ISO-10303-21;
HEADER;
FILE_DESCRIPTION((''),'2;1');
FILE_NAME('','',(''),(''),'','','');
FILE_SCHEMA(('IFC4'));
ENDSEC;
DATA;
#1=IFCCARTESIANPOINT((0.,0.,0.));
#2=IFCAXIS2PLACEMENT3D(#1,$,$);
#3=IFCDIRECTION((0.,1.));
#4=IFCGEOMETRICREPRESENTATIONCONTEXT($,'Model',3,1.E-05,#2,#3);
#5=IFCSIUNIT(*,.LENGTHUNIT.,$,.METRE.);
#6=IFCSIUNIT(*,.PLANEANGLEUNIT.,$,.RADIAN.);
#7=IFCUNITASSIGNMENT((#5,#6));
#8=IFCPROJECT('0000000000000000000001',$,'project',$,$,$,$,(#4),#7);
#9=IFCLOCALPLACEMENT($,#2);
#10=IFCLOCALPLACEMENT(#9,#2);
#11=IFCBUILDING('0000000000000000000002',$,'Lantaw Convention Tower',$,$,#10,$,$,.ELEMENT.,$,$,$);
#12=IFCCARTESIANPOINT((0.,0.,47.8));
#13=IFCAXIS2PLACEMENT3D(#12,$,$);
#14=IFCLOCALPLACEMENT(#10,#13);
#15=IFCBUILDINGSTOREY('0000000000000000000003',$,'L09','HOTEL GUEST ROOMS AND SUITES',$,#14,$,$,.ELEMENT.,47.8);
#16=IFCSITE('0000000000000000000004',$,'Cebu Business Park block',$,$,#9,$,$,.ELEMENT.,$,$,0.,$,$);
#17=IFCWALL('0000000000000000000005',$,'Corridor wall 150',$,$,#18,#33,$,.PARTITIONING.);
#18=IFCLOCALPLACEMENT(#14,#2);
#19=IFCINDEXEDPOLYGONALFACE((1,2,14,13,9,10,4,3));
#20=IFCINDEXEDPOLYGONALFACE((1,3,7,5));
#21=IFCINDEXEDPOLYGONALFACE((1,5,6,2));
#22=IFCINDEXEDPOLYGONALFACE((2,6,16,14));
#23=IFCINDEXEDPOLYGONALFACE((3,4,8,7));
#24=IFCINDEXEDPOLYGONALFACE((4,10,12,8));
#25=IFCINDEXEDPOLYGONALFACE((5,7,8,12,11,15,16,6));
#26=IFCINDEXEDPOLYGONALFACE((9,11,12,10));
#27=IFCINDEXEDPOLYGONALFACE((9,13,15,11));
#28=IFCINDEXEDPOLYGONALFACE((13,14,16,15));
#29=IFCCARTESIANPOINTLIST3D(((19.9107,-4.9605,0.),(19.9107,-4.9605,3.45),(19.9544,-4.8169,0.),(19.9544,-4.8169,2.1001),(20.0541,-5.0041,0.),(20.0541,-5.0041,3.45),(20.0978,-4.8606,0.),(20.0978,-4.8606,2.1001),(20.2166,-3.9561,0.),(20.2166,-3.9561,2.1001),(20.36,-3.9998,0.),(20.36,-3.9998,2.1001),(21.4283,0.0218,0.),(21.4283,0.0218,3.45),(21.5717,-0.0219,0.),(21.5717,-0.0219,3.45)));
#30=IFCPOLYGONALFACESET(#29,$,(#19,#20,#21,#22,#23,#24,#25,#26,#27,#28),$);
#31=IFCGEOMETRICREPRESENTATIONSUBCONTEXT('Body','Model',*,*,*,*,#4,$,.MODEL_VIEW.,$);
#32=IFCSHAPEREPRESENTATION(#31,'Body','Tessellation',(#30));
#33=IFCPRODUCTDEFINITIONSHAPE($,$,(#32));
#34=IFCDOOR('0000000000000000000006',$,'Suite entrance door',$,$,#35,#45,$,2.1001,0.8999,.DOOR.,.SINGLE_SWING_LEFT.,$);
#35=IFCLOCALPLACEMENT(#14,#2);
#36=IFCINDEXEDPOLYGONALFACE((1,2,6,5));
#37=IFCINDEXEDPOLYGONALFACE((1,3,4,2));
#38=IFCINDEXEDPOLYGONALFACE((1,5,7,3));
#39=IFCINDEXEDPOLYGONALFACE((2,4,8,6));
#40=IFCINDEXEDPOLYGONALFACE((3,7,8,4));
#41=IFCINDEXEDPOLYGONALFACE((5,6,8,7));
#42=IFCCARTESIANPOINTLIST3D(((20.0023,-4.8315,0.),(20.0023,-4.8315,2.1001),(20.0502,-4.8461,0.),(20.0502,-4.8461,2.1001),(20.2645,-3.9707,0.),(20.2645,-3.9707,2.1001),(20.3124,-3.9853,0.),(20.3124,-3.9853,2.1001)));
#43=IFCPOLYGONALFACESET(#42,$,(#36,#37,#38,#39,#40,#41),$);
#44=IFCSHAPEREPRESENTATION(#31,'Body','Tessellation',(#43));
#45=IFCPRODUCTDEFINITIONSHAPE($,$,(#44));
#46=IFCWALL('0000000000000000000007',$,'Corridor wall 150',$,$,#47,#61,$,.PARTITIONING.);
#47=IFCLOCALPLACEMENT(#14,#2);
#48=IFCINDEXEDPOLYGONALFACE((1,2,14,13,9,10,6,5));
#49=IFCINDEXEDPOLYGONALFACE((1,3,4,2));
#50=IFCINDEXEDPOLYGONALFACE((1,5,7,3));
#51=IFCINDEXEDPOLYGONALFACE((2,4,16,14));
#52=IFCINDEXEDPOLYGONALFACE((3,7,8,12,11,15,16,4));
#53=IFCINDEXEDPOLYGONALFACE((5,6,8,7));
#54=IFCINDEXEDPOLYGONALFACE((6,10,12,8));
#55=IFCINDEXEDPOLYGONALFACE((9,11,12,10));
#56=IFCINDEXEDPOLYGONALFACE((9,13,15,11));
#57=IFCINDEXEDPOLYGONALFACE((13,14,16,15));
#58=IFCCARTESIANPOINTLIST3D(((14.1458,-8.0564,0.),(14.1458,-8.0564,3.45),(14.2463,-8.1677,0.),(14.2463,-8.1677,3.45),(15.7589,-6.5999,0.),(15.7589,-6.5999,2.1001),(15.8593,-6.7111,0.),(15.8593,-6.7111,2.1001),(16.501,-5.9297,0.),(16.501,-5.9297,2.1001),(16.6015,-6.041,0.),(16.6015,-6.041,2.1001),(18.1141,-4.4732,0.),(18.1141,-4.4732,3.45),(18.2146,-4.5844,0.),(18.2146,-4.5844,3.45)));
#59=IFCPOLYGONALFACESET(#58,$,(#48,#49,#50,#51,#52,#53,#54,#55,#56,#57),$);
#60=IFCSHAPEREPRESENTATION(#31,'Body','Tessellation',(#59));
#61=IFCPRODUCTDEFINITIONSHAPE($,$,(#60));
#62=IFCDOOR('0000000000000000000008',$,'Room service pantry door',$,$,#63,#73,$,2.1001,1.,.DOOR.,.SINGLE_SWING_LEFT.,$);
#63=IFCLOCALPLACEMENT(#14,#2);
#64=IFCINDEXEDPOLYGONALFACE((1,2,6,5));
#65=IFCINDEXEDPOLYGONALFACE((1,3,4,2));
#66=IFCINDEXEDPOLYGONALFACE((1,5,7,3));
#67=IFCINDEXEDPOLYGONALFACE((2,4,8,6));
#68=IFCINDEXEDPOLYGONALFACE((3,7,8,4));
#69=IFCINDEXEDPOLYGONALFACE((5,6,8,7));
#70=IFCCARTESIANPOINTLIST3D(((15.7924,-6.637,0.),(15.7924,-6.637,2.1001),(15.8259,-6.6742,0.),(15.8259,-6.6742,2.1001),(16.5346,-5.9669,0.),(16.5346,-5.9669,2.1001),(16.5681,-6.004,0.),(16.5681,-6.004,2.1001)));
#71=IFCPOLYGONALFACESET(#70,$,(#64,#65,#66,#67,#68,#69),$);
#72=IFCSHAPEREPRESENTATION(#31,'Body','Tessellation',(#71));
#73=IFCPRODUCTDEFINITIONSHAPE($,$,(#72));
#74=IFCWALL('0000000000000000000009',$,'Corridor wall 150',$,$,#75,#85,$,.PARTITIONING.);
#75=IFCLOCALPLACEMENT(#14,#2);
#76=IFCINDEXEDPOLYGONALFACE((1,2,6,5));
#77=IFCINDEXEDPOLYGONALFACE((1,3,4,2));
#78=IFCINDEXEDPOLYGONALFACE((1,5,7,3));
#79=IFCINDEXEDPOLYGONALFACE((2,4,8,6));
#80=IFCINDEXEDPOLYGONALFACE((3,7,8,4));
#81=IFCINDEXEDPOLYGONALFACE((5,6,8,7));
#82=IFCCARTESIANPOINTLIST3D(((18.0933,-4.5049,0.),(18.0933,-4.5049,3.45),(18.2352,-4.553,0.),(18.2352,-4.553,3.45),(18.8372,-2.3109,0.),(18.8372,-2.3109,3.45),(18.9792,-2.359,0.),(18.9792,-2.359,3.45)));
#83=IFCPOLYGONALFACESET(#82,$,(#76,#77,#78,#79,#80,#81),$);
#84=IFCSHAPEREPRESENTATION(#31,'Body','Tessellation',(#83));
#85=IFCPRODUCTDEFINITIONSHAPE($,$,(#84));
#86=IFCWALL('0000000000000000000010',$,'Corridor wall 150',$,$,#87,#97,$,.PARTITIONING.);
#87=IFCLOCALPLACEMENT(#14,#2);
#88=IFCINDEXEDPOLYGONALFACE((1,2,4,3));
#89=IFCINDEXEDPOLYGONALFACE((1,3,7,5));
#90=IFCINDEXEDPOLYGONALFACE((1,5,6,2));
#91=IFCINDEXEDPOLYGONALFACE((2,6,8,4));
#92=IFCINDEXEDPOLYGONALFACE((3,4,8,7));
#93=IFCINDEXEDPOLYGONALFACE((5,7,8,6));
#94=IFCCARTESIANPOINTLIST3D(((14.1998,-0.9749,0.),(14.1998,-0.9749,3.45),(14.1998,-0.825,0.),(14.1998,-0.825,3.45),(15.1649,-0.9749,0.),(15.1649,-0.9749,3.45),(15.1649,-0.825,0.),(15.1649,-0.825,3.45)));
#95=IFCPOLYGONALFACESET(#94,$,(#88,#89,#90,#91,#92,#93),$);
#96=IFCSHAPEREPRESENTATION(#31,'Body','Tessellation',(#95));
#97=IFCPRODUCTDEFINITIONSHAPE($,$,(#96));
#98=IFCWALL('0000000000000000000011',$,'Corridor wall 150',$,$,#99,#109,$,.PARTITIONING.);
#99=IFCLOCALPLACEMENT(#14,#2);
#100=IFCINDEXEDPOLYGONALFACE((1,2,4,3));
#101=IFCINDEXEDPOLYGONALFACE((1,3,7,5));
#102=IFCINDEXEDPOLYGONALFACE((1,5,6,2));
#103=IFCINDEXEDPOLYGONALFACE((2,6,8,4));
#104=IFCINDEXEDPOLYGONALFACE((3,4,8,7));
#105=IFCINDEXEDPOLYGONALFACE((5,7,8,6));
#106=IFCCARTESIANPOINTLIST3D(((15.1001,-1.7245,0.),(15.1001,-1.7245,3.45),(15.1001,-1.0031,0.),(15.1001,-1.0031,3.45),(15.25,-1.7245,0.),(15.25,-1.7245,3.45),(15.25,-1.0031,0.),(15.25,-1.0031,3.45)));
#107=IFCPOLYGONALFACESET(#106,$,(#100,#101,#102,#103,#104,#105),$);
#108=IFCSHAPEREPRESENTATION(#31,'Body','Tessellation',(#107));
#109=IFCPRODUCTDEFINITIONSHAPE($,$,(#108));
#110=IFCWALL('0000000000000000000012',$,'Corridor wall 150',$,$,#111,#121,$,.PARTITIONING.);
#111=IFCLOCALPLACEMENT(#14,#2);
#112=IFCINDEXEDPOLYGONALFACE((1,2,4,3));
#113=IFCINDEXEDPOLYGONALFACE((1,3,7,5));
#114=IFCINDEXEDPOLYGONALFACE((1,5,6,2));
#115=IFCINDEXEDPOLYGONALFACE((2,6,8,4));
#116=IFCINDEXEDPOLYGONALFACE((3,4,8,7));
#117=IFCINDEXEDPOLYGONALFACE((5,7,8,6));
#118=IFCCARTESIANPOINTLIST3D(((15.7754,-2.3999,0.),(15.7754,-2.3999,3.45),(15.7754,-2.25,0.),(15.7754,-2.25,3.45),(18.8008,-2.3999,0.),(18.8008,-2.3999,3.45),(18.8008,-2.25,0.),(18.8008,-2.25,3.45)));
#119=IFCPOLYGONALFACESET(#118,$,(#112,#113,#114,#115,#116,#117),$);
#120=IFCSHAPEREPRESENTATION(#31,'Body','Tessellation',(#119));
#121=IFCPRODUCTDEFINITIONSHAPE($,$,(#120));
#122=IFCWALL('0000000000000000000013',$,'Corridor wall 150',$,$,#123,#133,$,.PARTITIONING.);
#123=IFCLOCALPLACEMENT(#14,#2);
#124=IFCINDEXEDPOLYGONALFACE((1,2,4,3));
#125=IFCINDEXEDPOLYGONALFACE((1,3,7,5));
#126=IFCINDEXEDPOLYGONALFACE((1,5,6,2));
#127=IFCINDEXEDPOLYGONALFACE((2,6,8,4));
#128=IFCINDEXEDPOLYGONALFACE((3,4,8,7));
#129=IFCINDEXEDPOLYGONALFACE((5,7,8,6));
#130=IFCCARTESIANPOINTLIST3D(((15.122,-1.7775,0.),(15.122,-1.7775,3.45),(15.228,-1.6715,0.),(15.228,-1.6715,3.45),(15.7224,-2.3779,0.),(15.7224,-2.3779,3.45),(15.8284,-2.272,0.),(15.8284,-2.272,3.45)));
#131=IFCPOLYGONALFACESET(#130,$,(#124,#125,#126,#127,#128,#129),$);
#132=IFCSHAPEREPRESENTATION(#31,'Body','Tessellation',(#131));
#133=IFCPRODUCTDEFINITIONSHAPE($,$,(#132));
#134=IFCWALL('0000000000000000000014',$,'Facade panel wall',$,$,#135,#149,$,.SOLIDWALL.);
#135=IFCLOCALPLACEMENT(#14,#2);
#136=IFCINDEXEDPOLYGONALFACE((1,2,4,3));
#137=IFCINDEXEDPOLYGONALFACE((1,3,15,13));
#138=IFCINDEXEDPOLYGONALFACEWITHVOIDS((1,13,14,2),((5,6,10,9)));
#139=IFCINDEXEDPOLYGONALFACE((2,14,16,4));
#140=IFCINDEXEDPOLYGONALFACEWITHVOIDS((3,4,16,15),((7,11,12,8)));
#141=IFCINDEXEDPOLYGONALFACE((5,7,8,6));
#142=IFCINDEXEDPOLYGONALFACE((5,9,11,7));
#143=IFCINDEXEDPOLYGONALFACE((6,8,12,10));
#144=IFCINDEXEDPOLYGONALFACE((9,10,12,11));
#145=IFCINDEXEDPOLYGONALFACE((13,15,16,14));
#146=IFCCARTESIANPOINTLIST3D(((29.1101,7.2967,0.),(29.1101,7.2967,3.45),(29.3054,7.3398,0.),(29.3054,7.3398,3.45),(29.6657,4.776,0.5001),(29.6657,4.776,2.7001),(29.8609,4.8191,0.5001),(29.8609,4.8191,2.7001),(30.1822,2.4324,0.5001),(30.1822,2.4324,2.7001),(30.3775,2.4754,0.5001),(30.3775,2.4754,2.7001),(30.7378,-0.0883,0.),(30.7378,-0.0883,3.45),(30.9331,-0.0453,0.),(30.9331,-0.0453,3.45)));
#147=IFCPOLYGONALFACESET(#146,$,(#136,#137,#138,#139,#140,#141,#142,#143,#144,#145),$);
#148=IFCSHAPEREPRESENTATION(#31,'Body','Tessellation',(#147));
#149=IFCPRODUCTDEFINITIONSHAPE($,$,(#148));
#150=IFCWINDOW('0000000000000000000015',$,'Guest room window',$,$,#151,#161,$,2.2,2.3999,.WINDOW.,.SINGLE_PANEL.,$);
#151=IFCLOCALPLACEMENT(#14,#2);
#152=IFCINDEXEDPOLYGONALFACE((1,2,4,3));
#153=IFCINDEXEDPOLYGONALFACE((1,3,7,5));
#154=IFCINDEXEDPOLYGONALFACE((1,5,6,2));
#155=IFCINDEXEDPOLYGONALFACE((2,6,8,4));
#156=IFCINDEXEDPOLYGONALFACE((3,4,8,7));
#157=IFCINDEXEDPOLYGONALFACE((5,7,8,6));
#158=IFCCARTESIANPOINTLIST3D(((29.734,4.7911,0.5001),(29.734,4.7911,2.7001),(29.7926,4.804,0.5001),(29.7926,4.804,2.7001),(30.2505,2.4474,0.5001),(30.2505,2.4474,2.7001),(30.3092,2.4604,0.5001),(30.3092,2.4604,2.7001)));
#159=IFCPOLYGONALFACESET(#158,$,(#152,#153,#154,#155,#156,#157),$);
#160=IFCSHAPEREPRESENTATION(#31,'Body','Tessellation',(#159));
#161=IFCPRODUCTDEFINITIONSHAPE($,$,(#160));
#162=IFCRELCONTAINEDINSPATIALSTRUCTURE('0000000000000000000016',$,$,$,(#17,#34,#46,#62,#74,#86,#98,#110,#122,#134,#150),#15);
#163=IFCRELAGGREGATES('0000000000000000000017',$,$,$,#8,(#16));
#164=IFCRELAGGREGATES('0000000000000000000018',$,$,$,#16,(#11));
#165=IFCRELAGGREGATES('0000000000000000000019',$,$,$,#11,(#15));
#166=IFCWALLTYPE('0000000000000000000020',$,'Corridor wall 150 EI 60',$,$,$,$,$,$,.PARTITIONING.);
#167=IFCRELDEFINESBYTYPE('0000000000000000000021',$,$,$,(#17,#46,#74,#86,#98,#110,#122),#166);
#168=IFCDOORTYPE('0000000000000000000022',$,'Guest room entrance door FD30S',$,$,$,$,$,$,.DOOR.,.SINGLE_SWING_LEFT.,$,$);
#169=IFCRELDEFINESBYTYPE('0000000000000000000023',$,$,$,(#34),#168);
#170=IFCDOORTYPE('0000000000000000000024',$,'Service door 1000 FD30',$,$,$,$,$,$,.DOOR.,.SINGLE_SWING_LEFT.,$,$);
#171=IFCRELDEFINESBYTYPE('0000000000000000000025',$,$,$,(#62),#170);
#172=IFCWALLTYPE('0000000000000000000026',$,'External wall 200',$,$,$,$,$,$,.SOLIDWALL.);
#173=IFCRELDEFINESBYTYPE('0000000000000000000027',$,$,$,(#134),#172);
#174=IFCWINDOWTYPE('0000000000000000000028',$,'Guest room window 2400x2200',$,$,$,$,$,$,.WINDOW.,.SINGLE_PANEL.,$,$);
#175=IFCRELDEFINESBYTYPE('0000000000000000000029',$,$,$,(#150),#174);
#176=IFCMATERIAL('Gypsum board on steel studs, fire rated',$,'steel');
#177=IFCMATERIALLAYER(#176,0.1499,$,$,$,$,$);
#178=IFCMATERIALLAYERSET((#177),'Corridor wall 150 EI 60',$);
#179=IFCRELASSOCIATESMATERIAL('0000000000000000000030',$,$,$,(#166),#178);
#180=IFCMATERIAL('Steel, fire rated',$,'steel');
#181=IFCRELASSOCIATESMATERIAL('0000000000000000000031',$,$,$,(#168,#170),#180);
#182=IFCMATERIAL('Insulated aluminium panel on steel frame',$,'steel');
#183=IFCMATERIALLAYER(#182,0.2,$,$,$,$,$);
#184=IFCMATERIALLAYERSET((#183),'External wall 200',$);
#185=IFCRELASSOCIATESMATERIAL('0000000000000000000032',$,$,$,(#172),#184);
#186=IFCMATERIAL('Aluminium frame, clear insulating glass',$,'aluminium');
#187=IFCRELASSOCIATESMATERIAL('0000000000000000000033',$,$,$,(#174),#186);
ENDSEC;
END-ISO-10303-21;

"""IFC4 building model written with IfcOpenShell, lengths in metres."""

from ifc_helpers import new_model, si_unit, direction, frame, frame_2d, origin, place, context, subcontext, project, spatial, rectangle, extrude, material, layer, layer_set, type_object, element, fill, save


model = new_model("IFC4")

# Units and contexts
model_context = context("Model", 3, precision=1e-05, world=origin(), true_north=direction((0.0, 1.0)))
body_context = subcontext(model_context, "Body", "Model", "MODEL_VIEW")
ifc_project = project(units=[si_unit("LENGTHUNIT", "METRE"), si_unit("PLANEANGLEUNIT", "RADIAN")], contexts=[model_context])

# Site, building, storey
site_placement = place(None, origin())
site = spatial("IfcSite", under=ifc_project, at=site_placement, Name="Cebu Business Park block", CompositionType="ELEMENT", RefElevation=0.0)
building_placement = place(site_placement, origin())
building = spatial("IfcBuilding", under=site, at=building_placement, Name="Lantaw Convention Tower", CompositionType="ELEMENT")
storey_placement = place(building_placement, frame((0.0, 0.0, 47.8)))
storey = spatial("IfcBuildingStorey", under=building, at=storey_placement, Name="L09", Description="HOTEL GUEST ROOMS AND SUITES", CompositionType="ELEMENT", Elevation=47.8)

# Shared definitions
ifc_material_1 = material(Name="Gypsum board on steel studs, fire rated", Category="steel")
ifc_layer_1 = layer(ifc_material_1, 0.1499)
ifc_layer_set_1 = layer_set([ifc_layer_1], Name="Corridor wall 150 EI 60")
wall_type_1 = type_object("IfcWallType", Name="Corridor wall 150 EI 60", PredefinedType="PARTITIONING", material=ifc_layer_set_1)

# Walls, openings, doors
wall_1_placement = place(storey_placement, frame((19.9824, -4.9822, 0.0), z_axis=(0.0, 0.0, 1.0), x_axis=(0.291384, 0.956606, 0.0)))
wall_1 = element("IfcWall", 1, at=wall_1_placement, inside=storey, type_object=wall_type_1, Name="Corridor wall 150", PredefinedType="PARTITIONING", context=body_context, shape_type="SweptSolid", body=[
    extrude(rectangle(XDim=5.2083, YDim=0.1499, at=frame_2d((2.604, 0.0))), origin(), (0.0, 0.0, 1.0), 3.45),
])
opening_1_placement = place(wall_1_placement, frame((0.1499, 0.0, 0.0)))
opening_1 = element("IfcOpeningElement", 2, at=opening_1_placement, cuts=wall_1, PredefinedType="OPENING", context=body_context, shape_type="SweptSolid", body=[
    extrude(rectangle(XDim=0.8999, YDim=2.1001, at=frame_2d((0.45, 1.05))), frame((0.0, 0.085, 0.0), z_axis=(0.0, -1.0, 0.0), x_axis=(1.0, 0.0, 0.0)), (0.0, 0.0, 1.0), 0.1699),
])
ifc_material_2 = material(Name="Steel, fire rated", Category="steel")
door_type_1 = type_object("IfcDoorType", Name="Guest room entrance door FD30S", OperationType="SINGLE_SWING_LEFT", PredefinedType="DOOR", material=ifc_material_2)
door_1_placement = place(opening_1_placement, origin())
door_1 = element("IfcDoor", 3, at=door_1_placement, inside=storey, type_object=door_type_1, Name="Suite entrance door", OperationType="SINGLE_SWING_LEFT", OverallHeight=2.1001, OverallWidth=0.8999, PredefinedType="DOOR", context=body_context, shape_type="SweptSolid", body=[
    extrude(rectangle(XDim=0.8999, YDim=2.1001, at=frame_2d((0.45, 1.05))), frame((0.0, 0.0249, 0.0), z_axis=(0.0, -1.0, 0.0), x_axis=(1.0, 0.0, 0.0)), (0.0, 0.0, 1.0), 0.05),
])
fill(opening_1, door_1)
wall_2_placement = place(storey_placement, frame((14.196, -8.1121, 0.0), z_axis=(0.0, 0.0, 1.0), x_axis=(0.742194, 0.670185, 0.0)))
wall_2 = element("IfcWall", 4, at=wall_2_placement, inside=storey, type_object=wall_type_1, Name="Corridor wall 150", PredefinedType="PARTITIONING", context=body_context, shape_type="SweptSolid", body=[
    extrude(rectangle(XDim=5.3467, YDim=0.1499, at=frame_2d((2.6733, 0.0))), origin(), (0.0, 0.0, 1.0), 3.45),
])
opening_2_placement = place(wall_2_placement, frame((2.1733, 0.0, 0.0)))
opening_2 = element("IfcOpeningElement", 5, at=opening_2_placement, cuts=wall_2, PredefinedType="OPENING", context=body_context, shape_type="SweptSolid", body=[
    extrude(rectangle(XDim=1.0, YDim=2.1001, at=frame_2d((0.5, 1.05))), frame((0.0, 0.085, 0.0), z_axis=(0.0, -1.0, 0.0), x_axis=(1.0, 0.0, 0.0)), (0.0, 0.0, 1.0), 0.1699),
])
door_type_2 = type_object("IfcDoorType", Name="Service door 1000 FD30", OperationType="SINGLE_SWING_LEFT", PredefinedType="DOOR", material=ifc_material_2)
door_2_placement = place(opening_2_placement, origin())
door_2 = element("IfcDoor", 6, at=door_2_placement, inside=storey, type_object=door_type_2, Name="Room service pantry door", OperationType="SINGLE_SWING_LEFT", OverallHeight=2.1001, OverallWidth=1.0, PredefinedType="DOOR", context=body_context, shape_type="SweptSolid", body=[
    extrude(rectangle(XDim=1.0, YDim=2.1001, at=frame_2d((0.5, 1.05))), frame((0.0, 0.0249, 0.0), z_axis=(0.0, -1.0, 0.0), x_axis=(1.0, 0.0, 0.0)), (0.0, 0.0, 1.0), 0.05),
])
fill(opening_2, door_2)

# Walls
wall_3_placement = place(storey_placement, frame((18.1643, -4.5288, 0.0), z_axis=(0.0, 0.0, 1.0), x_axis=(0.321124, 0.947037, 0.0)))
element("IfcWall", 7, at=wall_3_placement, inside=storey, type_object=wall_type_1, Name="Corridor wall 150", PredefinedType="PARTITIONING", context=body_context, shape_type="SweptSolid", body=[
    extrude(rectangle(XDim=2.3167, YDim=0.1499, at=frame_2d((1.1582, 0.0))), origin(), (0.0, 0.0, 1.0), 3.45),
])
wall_4_placement = place(storey_placement, frame((14.2, -0.8999, 0.0), z_axis=(0.0, 0.0, 1.0), x_axis=(1.0, 0.0, 0.0)))
element("IfcWall", 8, at=wall_4_placement, inside=storey, type_object=wall_type_1, Name="Corridor wall 150", PredefinedType="PARTITIONING", context=body_context, shape_type="SweptSolid", body=[
    extrude(rectangle(XDim=0.9651, YDim=0.1499, at=frame_2d((0.4824, 0.0))), origin(), (0.0, 0.0, 1.0), 3.45),
])
wall_5_placement = place(storey_placement, frame((15.175, -1.7246, 0.0), z_axis=(0.0, 0.0, 1.0), x_axis=(0.0, 1.0, 0.0)))
element("IfcWall", 9, at=wall_5_placement, inside=storey, type_object=wall_type_1, Name="Corridor wall 150", PredefinedType="PARTITIONING", context=body_context, shape_type="SweptSolid", body=[
    extrude(rectangle(XDim=0.7214, YDim=0.1499, at=frame_2d((0.3608, 0.0))), origin(), (0.0, 0.0, 1.0), 3.45),
])
wall_6_placement = place(storey_placement, frame((18.8008, -2.325, 0.0), z_axis=(0.0, 0.0, 1.0), x_axis=(-1.0, 0.0, 0.0)))
element("IfcWall", 10, at=wall_6_placement, inside=storey, type_object=wall_type_1, Name="Corridor wall 150", PredefinedType="PARTITIONING", context=body_context, shape_type="SweptSolid", body=[
    extrude(rectangle(XDim=3.0254, YDim=0.1499, at=frame_2d((1.5127, 0.0))), origin(), (0.0, 0.0, 1.0), 3.45),
])
wall_7_placement = place(storey_placement, frame((15.7754, -2.325, 0.0), z_axis=(0.0, 0.0, 1.0), x_axis=(-0.707107, 0.707107, 0.0)))
element("IfcWall", 11, at=wall_7_placement, inside=storey, type_object=wall_type_1, Name="Corridor wall 150", PredefinedType="PARTITIONING", context=body_context, shape_type="SweptSolid", body=[
    extrude(rectangle(XDim=0.8491, YDim=0.1499, at=frame_2d((0.4246, 0.0))), origin(), (0.0, 0.0, 1.0), 3.45),
])

# Wall, opening, window
ifc_material_3 = material(Name="Insulated aluminium panel on steel frame", Category="steel")
ifc_layer_2 = layer(ifc_material_3, 0.2)
ifc_layer_set_2 = layer_set([ifc_layer_2], Name="External wall 200")
wall_type_2 = type_object("IfcWallType", Name="External wall 200", PredefinedType="SOLIDWALL", material=ifc_layer_set_2)
wall_8_placement = place(storey_placement, frame((30.8354, -0.0669, 0.0), z_axis=(0.0, 0.0, 1.0), x_axis=(-0.215238, 0.976562, 0.0)))
wall_8 = element("IfcWall", 12, at=wall_8_placement, inside=storey, type_object=wall_type_2, Name="Facade panel wall", PredefinedType="SOLIDWALL", context=body_context, shape_type="SweptSolid", body=[
    extrude(rectangle(XDim=7.5623, YDim=0.2, at=frame_2d((3.7812, 0.0))), origin(), (0.0, 0.0, 1.0), 3.45),
])
opening_3_placement = place(wall_8_placement, frame((2.5813, 0.0, 0.5)))
opening_3 = element("IfcOpeningElement", 13, at=opening_3_placement, cuts=wall_8, PredefinedType="OPENING", context=body_context, shape_type="SweptSolid", body=[
    extrude(rectangle(XDim=2.3999, YDim=2.2, at=frame_2d((1.2, 1.1001))), frame((0.0, 0.1099, 0.0), z_axis=(0.0, -1.0, 0.0), x_axis=(1.0, 0.0, 0.0)), (0.0, 0.0, 1.0), 0.22),
])
ifc_material_4 = material(Name="Aluminium frame, clear insulating glass", Category="aluminium")
window_type = type_object("IfcWindowType", Name="Guest room window 2400x2200", PartitioningType="SINGLE_PANEL", PredefinedType="WINDOW", material=ifc_material_4)
window_1_placement = place(opening_3_placement, origin())
window_1 = element("IfcWindow", 14, at=window_1_placement, inside=storey, type_object=window_type, Name="Guest room window", OverallHeight=2.2, OverallWidth=2.3999, PartitioningType="SINGLE_PANEL", PredefinedType="WINDOW", context=body_context, shape_type="SweptSolid", body=[
    extrude(rectangle(XDim=2.3999, YDim=2.2, at=frame_2d((1.2, 1.1001))), frame((0.0, 0.03, 0.0), z_axis=(0.0, -1.0, 0.0), x_axis=(1.0, 0.0, 0.0)), (0.0, 0.0, 1.0), 0.0601),
])
fill(opening_3, window_1)

save(model, "model.ifc")
